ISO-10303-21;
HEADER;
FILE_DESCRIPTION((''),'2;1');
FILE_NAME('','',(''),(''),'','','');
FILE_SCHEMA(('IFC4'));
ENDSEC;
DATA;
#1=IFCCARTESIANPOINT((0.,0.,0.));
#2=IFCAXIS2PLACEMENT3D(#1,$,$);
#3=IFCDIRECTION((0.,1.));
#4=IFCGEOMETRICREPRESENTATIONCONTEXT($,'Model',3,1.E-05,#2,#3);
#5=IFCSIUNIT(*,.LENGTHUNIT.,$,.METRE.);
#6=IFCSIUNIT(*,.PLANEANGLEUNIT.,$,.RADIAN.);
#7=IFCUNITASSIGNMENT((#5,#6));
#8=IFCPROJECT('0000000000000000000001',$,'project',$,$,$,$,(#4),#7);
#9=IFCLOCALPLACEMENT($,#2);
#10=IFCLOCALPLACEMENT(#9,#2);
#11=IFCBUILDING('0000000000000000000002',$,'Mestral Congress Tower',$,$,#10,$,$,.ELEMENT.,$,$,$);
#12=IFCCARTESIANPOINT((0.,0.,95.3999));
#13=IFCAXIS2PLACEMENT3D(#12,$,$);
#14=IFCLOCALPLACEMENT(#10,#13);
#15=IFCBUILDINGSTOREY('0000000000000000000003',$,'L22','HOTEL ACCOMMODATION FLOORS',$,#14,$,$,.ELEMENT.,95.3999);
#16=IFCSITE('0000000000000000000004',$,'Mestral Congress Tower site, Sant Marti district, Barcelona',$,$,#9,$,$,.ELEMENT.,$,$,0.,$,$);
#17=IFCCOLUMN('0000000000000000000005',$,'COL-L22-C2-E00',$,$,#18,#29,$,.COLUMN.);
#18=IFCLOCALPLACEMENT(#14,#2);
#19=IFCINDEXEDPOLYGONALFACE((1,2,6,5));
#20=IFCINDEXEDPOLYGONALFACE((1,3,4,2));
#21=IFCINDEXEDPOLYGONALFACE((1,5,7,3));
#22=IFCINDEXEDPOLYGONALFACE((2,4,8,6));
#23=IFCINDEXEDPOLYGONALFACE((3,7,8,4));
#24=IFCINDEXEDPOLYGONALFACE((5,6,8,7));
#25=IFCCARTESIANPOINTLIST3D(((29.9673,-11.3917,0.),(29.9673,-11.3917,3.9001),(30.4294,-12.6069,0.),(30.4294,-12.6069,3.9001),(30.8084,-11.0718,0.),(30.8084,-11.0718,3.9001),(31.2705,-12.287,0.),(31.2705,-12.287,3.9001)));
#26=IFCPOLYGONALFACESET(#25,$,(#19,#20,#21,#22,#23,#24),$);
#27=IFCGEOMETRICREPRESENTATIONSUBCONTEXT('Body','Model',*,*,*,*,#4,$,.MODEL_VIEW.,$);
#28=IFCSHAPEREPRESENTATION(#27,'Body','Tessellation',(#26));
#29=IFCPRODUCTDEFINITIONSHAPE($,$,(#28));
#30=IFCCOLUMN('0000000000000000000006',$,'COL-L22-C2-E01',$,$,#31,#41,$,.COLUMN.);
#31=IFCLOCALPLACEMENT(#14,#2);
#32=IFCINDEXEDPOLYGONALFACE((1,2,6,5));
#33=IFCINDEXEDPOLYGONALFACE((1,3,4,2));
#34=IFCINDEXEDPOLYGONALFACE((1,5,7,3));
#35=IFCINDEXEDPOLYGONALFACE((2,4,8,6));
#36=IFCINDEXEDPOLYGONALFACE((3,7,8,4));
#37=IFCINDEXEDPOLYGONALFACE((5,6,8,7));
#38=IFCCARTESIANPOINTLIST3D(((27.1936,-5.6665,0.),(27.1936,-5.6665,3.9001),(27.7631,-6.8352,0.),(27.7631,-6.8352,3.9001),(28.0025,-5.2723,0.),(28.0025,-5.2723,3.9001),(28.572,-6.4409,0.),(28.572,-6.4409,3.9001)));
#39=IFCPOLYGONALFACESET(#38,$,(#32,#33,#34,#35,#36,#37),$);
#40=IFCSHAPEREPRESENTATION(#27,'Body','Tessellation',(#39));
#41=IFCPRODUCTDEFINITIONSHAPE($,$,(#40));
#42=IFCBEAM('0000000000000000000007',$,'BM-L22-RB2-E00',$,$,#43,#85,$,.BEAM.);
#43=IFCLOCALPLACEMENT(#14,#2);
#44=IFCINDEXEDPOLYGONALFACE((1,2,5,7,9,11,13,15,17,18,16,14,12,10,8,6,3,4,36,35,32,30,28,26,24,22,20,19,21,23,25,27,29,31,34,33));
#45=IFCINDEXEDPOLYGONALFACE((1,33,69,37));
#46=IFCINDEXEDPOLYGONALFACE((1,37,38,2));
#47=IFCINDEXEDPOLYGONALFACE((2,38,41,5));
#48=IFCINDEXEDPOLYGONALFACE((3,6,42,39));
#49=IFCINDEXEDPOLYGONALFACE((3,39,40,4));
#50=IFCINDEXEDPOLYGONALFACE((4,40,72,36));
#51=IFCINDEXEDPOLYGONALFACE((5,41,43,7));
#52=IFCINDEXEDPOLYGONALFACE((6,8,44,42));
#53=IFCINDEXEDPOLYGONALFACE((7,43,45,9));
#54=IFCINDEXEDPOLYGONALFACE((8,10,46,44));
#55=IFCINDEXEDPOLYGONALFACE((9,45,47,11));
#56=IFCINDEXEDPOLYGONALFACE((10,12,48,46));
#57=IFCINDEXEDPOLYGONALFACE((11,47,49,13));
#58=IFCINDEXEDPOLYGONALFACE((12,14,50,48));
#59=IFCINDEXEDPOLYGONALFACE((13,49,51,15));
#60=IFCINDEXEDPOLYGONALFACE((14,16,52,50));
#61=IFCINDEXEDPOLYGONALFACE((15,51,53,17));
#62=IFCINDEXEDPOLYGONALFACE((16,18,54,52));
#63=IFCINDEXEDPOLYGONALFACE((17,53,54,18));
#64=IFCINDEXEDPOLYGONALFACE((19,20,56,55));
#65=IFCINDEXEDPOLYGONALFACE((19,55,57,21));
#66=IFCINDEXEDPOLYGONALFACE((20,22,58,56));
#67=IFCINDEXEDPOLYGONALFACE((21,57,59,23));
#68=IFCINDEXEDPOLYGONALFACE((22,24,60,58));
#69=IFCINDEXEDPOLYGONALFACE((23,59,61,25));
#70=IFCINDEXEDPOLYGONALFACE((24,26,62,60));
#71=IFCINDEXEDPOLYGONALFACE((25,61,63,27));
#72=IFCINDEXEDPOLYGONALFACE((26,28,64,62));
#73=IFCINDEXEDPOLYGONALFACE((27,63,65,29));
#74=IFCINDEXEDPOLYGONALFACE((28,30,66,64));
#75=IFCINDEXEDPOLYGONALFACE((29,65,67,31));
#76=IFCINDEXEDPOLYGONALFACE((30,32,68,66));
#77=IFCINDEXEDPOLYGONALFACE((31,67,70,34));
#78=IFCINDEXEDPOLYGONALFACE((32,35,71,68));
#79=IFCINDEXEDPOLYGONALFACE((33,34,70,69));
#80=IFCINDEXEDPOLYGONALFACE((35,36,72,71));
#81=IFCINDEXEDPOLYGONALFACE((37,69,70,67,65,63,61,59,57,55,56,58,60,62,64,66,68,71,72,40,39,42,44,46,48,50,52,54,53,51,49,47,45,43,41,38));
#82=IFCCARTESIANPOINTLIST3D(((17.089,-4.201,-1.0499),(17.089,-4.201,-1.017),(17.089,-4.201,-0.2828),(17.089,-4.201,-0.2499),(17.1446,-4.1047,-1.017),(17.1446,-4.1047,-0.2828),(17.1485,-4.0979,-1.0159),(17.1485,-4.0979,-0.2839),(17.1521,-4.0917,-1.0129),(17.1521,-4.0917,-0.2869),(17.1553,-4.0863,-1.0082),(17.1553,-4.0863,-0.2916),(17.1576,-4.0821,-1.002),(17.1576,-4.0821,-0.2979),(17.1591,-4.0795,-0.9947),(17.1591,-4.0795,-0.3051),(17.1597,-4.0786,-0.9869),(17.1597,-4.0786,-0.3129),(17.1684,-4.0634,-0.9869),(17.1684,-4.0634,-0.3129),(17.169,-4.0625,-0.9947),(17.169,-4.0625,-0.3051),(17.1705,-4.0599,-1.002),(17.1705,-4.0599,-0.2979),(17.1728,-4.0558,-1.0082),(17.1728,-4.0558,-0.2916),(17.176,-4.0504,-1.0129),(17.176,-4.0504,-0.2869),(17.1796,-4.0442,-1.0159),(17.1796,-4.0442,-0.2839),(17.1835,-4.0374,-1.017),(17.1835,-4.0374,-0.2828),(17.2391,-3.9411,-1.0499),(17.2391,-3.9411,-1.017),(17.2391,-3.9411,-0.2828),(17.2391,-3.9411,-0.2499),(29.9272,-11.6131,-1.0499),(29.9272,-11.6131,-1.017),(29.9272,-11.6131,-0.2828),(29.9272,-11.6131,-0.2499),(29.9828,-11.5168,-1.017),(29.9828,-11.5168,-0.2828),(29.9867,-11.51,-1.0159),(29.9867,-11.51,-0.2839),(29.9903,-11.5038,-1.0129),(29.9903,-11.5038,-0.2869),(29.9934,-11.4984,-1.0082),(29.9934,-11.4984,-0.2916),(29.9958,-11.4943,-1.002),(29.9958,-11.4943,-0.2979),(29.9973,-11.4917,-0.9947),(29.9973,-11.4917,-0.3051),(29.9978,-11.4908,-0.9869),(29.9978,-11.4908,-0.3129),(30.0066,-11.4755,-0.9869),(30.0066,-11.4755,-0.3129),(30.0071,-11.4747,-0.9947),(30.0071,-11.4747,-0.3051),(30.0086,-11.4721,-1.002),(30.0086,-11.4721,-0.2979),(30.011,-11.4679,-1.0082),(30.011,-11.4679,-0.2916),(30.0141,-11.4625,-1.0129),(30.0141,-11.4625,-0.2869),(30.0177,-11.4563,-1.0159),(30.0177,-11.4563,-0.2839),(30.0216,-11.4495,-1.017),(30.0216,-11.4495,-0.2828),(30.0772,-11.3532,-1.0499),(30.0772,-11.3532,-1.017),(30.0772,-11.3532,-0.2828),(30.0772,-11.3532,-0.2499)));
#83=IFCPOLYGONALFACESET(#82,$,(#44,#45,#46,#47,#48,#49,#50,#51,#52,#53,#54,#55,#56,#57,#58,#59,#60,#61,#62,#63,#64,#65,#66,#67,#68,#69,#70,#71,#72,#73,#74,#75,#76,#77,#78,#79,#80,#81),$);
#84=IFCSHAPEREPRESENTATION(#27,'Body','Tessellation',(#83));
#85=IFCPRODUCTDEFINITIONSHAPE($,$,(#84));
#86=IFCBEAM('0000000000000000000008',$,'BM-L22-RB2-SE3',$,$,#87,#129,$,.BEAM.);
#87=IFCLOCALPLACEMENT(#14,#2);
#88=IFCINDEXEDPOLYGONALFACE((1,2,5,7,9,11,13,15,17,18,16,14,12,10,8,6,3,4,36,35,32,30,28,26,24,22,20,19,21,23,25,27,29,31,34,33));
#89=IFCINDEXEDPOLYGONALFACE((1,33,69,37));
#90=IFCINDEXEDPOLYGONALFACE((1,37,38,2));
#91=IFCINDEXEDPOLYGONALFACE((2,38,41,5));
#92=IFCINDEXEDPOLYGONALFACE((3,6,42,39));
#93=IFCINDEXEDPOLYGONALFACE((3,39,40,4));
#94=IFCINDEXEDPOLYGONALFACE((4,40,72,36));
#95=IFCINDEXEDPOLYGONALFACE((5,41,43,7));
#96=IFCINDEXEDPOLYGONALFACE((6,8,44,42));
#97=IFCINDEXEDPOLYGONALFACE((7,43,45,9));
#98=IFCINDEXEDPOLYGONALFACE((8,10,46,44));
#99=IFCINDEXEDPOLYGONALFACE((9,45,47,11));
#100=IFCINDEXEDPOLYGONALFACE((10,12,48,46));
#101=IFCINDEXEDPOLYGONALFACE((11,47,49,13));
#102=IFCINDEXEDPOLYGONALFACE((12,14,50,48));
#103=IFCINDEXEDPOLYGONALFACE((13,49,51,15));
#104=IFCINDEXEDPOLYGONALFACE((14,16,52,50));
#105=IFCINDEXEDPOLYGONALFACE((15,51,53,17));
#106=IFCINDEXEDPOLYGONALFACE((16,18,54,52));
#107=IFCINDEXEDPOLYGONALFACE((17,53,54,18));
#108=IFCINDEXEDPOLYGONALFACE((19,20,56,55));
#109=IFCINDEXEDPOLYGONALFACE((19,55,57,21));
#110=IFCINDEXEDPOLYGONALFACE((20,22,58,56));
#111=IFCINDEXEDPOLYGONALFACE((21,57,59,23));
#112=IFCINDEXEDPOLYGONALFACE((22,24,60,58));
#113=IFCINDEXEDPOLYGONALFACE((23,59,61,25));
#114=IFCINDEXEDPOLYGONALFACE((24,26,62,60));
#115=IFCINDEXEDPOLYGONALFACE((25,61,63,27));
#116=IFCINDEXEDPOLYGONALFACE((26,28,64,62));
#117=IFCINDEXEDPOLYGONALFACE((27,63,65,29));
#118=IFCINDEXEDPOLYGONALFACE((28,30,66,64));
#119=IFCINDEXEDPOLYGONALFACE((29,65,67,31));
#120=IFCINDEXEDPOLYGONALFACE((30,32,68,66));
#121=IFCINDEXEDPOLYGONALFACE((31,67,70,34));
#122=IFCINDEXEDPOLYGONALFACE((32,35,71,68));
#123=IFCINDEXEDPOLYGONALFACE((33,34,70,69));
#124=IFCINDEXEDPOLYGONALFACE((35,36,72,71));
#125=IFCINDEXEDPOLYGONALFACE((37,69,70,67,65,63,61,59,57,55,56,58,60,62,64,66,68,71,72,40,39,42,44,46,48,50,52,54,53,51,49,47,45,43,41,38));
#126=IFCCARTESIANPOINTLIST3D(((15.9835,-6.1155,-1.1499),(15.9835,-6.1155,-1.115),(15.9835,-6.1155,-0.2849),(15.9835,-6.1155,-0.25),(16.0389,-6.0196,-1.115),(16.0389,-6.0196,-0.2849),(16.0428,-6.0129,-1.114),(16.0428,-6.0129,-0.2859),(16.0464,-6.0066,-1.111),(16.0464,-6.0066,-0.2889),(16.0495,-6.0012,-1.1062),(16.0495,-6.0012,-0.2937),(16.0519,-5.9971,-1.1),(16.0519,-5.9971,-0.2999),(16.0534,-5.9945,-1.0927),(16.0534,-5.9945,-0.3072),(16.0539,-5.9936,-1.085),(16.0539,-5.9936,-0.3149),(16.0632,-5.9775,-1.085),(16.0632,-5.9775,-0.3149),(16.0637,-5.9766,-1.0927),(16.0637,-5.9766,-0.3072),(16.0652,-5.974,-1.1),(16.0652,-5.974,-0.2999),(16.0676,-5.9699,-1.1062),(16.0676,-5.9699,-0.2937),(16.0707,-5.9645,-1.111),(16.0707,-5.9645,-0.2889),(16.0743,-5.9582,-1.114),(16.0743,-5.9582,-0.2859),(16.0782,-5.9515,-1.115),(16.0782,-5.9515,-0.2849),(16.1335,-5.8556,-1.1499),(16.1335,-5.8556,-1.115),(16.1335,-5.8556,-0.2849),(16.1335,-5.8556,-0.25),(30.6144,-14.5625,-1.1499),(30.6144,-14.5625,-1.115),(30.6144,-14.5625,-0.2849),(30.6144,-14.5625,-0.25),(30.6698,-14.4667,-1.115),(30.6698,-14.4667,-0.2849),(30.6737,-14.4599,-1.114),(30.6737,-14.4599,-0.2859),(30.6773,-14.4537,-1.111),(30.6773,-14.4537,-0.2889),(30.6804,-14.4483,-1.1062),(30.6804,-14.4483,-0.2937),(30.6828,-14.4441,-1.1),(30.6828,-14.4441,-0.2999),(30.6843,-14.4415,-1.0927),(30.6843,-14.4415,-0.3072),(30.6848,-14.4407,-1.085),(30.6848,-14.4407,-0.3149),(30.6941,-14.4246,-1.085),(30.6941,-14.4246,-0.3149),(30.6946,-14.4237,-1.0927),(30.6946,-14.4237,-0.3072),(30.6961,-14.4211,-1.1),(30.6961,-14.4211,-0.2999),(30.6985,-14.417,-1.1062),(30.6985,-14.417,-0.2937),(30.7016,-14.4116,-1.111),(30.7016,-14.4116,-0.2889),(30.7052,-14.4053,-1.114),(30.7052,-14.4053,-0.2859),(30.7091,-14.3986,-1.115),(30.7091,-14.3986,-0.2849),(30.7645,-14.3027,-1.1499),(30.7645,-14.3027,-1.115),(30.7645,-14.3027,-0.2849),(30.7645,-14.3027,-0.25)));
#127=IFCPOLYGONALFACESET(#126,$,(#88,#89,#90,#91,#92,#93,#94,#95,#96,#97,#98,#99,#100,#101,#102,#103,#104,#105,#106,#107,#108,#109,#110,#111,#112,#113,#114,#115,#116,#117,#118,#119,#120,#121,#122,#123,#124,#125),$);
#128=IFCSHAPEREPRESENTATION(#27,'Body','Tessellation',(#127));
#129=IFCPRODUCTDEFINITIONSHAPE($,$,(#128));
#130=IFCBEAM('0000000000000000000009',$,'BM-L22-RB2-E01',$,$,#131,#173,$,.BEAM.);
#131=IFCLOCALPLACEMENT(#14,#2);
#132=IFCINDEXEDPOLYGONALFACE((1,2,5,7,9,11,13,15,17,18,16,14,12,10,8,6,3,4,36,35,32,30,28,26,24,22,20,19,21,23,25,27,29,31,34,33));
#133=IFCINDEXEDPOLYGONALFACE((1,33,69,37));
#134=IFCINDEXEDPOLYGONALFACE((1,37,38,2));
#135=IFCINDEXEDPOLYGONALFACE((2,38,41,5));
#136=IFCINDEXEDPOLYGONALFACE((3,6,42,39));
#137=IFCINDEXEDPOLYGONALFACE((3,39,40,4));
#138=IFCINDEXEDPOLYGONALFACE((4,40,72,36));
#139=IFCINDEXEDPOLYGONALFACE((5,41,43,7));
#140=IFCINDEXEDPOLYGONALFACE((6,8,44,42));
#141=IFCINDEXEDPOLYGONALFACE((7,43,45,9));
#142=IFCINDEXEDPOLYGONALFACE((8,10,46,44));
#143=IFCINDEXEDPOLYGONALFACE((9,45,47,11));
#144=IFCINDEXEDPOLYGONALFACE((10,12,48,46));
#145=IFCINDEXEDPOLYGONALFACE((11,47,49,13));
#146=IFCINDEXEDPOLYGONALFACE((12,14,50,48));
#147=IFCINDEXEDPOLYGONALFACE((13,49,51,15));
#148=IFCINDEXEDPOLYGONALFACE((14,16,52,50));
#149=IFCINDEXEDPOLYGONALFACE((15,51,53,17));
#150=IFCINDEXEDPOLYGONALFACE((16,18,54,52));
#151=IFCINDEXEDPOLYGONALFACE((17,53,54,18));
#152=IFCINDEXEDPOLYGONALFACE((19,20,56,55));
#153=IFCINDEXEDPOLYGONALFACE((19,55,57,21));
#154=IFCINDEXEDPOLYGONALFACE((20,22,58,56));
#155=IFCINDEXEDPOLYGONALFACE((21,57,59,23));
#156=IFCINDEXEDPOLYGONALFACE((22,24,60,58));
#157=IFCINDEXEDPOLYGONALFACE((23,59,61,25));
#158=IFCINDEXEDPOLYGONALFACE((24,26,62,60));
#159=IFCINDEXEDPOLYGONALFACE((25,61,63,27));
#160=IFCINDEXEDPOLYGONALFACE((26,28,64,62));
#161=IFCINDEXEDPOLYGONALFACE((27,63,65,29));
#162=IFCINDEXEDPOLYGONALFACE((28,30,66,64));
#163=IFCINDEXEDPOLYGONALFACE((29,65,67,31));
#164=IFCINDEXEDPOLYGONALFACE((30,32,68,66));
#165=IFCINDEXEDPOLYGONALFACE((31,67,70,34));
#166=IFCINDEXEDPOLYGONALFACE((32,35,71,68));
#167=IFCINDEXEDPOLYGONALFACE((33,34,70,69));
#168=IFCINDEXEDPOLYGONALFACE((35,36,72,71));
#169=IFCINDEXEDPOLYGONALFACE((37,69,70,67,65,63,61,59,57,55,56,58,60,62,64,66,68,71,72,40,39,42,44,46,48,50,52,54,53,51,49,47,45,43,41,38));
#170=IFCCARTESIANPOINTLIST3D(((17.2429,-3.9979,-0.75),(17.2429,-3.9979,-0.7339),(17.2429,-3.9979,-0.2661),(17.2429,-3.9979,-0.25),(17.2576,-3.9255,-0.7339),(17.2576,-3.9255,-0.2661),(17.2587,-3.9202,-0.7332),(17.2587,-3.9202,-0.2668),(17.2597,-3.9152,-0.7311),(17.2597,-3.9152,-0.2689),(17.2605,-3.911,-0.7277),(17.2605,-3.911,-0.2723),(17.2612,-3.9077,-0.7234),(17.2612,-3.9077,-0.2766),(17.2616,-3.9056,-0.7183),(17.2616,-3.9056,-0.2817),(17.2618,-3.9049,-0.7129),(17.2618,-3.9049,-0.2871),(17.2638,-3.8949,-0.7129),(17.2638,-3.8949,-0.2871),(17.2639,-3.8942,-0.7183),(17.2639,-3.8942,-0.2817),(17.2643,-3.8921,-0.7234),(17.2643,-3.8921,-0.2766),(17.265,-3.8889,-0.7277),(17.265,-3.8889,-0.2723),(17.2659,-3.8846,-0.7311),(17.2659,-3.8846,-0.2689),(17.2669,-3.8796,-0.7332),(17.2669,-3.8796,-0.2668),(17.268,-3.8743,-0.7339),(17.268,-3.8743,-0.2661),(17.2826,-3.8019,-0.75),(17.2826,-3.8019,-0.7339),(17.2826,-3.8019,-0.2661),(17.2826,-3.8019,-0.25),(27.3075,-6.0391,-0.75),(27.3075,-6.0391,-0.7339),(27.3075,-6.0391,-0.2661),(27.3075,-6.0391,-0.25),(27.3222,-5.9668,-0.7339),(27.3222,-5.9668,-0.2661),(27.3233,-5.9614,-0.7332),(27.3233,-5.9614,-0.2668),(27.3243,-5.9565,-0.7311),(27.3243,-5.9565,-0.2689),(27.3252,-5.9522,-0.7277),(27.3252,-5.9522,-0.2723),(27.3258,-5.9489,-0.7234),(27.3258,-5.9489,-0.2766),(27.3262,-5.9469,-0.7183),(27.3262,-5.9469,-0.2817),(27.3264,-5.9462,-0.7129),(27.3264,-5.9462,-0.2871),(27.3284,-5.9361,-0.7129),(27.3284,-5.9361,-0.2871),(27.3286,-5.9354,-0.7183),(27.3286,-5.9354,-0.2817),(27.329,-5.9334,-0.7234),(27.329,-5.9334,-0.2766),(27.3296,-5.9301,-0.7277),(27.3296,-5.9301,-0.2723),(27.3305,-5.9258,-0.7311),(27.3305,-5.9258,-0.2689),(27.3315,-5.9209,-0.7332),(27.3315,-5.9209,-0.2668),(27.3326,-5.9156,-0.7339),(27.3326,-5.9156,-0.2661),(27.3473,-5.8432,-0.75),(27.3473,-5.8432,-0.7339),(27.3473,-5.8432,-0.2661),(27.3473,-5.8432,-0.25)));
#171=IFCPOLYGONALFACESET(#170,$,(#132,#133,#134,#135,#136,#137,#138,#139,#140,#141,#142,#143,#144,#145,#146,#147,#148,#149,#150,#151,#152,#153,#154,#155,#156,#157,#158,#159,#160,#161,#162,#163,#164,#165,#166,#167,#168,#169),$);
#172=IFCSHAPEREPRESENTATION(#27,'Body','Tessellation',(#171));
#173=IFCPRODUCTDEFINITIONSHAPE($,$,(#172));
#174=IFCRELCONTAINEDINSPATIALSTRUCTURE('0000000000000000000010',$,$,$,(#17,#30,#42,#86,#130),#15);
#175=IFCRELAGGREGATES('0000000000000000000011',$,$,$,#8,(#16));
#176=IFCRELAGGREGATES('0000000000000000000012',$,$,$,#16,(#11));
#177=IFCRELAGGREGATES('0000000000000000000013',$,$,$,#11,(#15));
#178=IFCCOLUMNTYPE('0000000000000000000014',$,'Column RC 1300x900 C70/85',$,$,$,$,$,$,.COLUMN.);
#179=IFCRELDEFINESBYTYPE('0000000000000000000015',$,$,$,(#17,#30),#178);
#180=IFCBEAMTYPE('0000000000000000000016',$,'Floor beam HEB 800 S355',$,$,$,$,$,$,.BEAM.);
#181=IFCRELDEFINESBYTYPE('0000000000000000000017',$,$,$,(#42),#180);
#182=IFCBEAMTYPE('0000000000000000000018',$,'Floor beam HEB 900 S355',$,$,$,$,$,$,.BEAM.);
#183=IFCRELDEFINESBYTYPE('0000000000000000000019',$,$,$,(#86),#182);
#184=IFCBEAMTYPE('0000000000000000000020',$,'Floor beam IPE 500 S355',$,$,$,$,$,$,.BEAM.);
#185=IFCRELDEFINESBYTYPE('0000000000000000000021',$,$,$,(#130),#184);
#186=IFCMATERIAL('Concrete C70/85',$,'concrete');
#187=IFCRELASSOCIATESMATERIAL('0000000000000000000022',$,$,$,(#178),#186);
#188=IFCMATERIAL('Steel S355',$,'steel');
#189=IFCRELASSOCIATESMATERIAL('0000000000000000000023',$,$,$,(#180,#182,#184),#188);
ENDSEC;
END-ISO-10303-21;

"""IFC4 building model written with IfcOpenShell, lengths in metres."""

from ifc_helpers import new_model, si_unit, direction, frame, origin, origin_2d, place, context, subcontext, project, spatial, rectangle, i_section, extrude, material, material_profile, profile_set, type_object, element, save


model = new_model("IFC4")

# Units and contexts
model_context = context("Model", 3, precision=1e-05, world=origin(), true_north=direction((0.0, 1.0)))
body_context = subcontext(model_context, "Body", "Model", "MODEL_VIEW")
ifc_project = project(units=[si_unit("LENGTHUNIT", "METRE"), si_unit("PLANEANGLEUNIT", "RADIAN")], contexts=[model_context])

# Site, building, storey
site_placement = place(None, origin())
site = spatial("IfcSite", under=ifc_project, at=site_placement, Name="Mestral Congress Tower site, Sant Marti district, Barcelona", CompositionType="ELEMENT", RefElevation=0.0)
building_placement = place(site_placement, origin())
building = spatial("IfcBuilding", under=site, at=building_placement, Name="Mestral Congress Tower", CompositionType="ELEMENT")
storey_placement = place(building_placement, frame((0.0, 0.0, 95.3999)))
storey = spatial("IfcBuildingStorey", under=building, at=storey_placement, Name="L22", Description="HOTEL ACCOMMODATION FLOORS", CompositionType="ELEMENT", Elevation=95.3999)

# Columns
ifc_material_1 = material(Name="Concrete C70/85", Category="concrete")
ifc_material_profile_1 = material_profile(ifc_material_1, rectangle(XDim=1.3, YDim=0.8999, at=origin_2d()), Name="RC 1300x900")
ifc_profile_set_1 = profile_set([ifc_material_profile_1], Name="Concrete C70/85")
column_type = type_object("IfcColumnType", Name="Column RC 1300x900 C70/85", PredefinedType="COLUMN", material=ifc_profile_set_1)
for number, where, z_axis, x_axis, name in (
    (1, (30.6189, -11.8394, 0.0), (0.0, 0.0, 1.0), (-0.355494, 0.934679, 0.0), "COL-L22-C2-E00"),
    (2, (27.8828, -6.0537, 0.0), (0.0, 0.0, 1.0), (-0.438061, 0.898945, 0.0), "COL-L22-C2-E01"),
):
    element("IfcColumn", number, at=place(storey_placement, frame(where, z_axis=z_axis, x_axis=x_axis)), inside=storey, type_object=column_type, Name=name, PredefinedType="COLUMN", context=body_context, shape_type="SweptSolid", body=[
        extrude(rectangle(XDim=1.3, YDim=0.8999, at=origin_2d()), origin(), (0.0, 0.0, 1.0), 3.9001),
    ])

# Beams
ifc_material_2 = material(Name="Steel S355", Category="steel")
ifc_material_profile_2 = material_profile(ifc_material_2, i_section(OverallWidth=0.3, OverallDepth=0.8, WebThickness=0.0176, FlangeThickness=0.033, FilletRadius=0.03, at=origin_2d()), Name="HEB 800")
ifc_profile_set_2 = profile_set([ifc_material_profile_2], Name="Steel S355")
beam_type_1 = type_object("IfcBeamType", Name="Floor beam HEB 800 S355", PredefinedType="BEAM", material=ifc_profile_set_2)
beam_1_placement = place(storey_placement, frame((30.0022, -11.4832, -0.6499), z_axis=(-0.866025, 0.5, 0.0), x_axis=(-0.5, -0.866025, 0.0)))
element("IfcBeam", 3, at=beam_1_placement, inside=storey, type_object=beam_type_1, Name="BM-L22-RB2-E00", PredefinedType="BEAM", context=body_context, shape_type="SweptSolid", body=[
    extrude(i_section(OverallWidth=0.3, OverallDepth=0.8, WebThickness=0.0176, FlangeThickness=0.033, FilletRadius=0.03, at=origin_2d()), origin(), (0.0, 0.0, 1.0), 14.8242),
])
ifc_material_profile_3 = material_profile(ifc_material_2, i_section(OverallWidth=0.3, OverallDepth=0.8999, WebThickness=0.0186, FlangeThickness=0.0349, FilletRadius=0.03, at=origin_2d()), Name="HEB 900")
ifc_profile_set_3 = profile_set([ifc_material_profile_3], Name="Steel S355")
beam_type_2 = type_object("IfcBeamType", Name="Floor beam HEB 900 S355", PredefinedType="BEAM", material=ifc_profile_set_3)
beam_2_placement = place(storey_placement, frame((30.6895, -14.4326, -0.7), z_axis=(-0.866028, 0.499995, 0.0), x_axis=(-0.499995, -0.866028, 0.0)))
element("IfcBeam", 4, at=beam_2_placement, inside=storey, type_object=beam_type_2, Name="BM-L22-RB2-SE3", PredefinedType="BEAM", context=body_context, shape_type="SweptSolid", body=[
    extrude(i_section(OverallWidth=0.3, OverallDepth=0.8999, WebThickness=0.0186, FlangeThickness=0.0349, FilletRadius=0.03, at=origin_2d()), origin(), (0.0, 0.0, 1.0), 16.8943),
])
ifc_material_profile_4 = material_profile(ifc_material_2, i_section(OverallWidth=0.2, OverallDepth=0.5, WebThickness=0.0103, FlangeThickness=0.0161, FilletRadius=0.021, at=origin_2d()), Name="IPE 500")
ifc_profile_set_4 = profile_set([ifc_material_profile_4], Name="Steel S355")
beam_type_3 = type_object("IfcBeamType", Name="Floor beam IPE 500 S355", PredefinedType="BEAM", material=ifc_profile_set_4)
beam_3_placement = place(storey_placement, frame((27.3274, -5.9412, -0.5), z_axis=(-0.980047, 0.198767, 0.0), x_axis=(-0.198767, -0.980047, 0.0)))
element("IfcBeam", 5, at=beam_3_placement, inside=storey, type_object=beam_type_3, Name="BM-L22-RB2-E01", PredefinedType="BEAM", context=body_context, shape_type="SweptSolid", body=[
    extrude(i_section(OverallWidth=0.2, OverallDepth=0.5, WebThickness=0.0103, FlangeThickness=0.0161, FilletRadius=0.021, at=origin_2d()), origin(), (0.0, 0.0, 1.0), 10.2695),
])

save(model, "model.ifc")
